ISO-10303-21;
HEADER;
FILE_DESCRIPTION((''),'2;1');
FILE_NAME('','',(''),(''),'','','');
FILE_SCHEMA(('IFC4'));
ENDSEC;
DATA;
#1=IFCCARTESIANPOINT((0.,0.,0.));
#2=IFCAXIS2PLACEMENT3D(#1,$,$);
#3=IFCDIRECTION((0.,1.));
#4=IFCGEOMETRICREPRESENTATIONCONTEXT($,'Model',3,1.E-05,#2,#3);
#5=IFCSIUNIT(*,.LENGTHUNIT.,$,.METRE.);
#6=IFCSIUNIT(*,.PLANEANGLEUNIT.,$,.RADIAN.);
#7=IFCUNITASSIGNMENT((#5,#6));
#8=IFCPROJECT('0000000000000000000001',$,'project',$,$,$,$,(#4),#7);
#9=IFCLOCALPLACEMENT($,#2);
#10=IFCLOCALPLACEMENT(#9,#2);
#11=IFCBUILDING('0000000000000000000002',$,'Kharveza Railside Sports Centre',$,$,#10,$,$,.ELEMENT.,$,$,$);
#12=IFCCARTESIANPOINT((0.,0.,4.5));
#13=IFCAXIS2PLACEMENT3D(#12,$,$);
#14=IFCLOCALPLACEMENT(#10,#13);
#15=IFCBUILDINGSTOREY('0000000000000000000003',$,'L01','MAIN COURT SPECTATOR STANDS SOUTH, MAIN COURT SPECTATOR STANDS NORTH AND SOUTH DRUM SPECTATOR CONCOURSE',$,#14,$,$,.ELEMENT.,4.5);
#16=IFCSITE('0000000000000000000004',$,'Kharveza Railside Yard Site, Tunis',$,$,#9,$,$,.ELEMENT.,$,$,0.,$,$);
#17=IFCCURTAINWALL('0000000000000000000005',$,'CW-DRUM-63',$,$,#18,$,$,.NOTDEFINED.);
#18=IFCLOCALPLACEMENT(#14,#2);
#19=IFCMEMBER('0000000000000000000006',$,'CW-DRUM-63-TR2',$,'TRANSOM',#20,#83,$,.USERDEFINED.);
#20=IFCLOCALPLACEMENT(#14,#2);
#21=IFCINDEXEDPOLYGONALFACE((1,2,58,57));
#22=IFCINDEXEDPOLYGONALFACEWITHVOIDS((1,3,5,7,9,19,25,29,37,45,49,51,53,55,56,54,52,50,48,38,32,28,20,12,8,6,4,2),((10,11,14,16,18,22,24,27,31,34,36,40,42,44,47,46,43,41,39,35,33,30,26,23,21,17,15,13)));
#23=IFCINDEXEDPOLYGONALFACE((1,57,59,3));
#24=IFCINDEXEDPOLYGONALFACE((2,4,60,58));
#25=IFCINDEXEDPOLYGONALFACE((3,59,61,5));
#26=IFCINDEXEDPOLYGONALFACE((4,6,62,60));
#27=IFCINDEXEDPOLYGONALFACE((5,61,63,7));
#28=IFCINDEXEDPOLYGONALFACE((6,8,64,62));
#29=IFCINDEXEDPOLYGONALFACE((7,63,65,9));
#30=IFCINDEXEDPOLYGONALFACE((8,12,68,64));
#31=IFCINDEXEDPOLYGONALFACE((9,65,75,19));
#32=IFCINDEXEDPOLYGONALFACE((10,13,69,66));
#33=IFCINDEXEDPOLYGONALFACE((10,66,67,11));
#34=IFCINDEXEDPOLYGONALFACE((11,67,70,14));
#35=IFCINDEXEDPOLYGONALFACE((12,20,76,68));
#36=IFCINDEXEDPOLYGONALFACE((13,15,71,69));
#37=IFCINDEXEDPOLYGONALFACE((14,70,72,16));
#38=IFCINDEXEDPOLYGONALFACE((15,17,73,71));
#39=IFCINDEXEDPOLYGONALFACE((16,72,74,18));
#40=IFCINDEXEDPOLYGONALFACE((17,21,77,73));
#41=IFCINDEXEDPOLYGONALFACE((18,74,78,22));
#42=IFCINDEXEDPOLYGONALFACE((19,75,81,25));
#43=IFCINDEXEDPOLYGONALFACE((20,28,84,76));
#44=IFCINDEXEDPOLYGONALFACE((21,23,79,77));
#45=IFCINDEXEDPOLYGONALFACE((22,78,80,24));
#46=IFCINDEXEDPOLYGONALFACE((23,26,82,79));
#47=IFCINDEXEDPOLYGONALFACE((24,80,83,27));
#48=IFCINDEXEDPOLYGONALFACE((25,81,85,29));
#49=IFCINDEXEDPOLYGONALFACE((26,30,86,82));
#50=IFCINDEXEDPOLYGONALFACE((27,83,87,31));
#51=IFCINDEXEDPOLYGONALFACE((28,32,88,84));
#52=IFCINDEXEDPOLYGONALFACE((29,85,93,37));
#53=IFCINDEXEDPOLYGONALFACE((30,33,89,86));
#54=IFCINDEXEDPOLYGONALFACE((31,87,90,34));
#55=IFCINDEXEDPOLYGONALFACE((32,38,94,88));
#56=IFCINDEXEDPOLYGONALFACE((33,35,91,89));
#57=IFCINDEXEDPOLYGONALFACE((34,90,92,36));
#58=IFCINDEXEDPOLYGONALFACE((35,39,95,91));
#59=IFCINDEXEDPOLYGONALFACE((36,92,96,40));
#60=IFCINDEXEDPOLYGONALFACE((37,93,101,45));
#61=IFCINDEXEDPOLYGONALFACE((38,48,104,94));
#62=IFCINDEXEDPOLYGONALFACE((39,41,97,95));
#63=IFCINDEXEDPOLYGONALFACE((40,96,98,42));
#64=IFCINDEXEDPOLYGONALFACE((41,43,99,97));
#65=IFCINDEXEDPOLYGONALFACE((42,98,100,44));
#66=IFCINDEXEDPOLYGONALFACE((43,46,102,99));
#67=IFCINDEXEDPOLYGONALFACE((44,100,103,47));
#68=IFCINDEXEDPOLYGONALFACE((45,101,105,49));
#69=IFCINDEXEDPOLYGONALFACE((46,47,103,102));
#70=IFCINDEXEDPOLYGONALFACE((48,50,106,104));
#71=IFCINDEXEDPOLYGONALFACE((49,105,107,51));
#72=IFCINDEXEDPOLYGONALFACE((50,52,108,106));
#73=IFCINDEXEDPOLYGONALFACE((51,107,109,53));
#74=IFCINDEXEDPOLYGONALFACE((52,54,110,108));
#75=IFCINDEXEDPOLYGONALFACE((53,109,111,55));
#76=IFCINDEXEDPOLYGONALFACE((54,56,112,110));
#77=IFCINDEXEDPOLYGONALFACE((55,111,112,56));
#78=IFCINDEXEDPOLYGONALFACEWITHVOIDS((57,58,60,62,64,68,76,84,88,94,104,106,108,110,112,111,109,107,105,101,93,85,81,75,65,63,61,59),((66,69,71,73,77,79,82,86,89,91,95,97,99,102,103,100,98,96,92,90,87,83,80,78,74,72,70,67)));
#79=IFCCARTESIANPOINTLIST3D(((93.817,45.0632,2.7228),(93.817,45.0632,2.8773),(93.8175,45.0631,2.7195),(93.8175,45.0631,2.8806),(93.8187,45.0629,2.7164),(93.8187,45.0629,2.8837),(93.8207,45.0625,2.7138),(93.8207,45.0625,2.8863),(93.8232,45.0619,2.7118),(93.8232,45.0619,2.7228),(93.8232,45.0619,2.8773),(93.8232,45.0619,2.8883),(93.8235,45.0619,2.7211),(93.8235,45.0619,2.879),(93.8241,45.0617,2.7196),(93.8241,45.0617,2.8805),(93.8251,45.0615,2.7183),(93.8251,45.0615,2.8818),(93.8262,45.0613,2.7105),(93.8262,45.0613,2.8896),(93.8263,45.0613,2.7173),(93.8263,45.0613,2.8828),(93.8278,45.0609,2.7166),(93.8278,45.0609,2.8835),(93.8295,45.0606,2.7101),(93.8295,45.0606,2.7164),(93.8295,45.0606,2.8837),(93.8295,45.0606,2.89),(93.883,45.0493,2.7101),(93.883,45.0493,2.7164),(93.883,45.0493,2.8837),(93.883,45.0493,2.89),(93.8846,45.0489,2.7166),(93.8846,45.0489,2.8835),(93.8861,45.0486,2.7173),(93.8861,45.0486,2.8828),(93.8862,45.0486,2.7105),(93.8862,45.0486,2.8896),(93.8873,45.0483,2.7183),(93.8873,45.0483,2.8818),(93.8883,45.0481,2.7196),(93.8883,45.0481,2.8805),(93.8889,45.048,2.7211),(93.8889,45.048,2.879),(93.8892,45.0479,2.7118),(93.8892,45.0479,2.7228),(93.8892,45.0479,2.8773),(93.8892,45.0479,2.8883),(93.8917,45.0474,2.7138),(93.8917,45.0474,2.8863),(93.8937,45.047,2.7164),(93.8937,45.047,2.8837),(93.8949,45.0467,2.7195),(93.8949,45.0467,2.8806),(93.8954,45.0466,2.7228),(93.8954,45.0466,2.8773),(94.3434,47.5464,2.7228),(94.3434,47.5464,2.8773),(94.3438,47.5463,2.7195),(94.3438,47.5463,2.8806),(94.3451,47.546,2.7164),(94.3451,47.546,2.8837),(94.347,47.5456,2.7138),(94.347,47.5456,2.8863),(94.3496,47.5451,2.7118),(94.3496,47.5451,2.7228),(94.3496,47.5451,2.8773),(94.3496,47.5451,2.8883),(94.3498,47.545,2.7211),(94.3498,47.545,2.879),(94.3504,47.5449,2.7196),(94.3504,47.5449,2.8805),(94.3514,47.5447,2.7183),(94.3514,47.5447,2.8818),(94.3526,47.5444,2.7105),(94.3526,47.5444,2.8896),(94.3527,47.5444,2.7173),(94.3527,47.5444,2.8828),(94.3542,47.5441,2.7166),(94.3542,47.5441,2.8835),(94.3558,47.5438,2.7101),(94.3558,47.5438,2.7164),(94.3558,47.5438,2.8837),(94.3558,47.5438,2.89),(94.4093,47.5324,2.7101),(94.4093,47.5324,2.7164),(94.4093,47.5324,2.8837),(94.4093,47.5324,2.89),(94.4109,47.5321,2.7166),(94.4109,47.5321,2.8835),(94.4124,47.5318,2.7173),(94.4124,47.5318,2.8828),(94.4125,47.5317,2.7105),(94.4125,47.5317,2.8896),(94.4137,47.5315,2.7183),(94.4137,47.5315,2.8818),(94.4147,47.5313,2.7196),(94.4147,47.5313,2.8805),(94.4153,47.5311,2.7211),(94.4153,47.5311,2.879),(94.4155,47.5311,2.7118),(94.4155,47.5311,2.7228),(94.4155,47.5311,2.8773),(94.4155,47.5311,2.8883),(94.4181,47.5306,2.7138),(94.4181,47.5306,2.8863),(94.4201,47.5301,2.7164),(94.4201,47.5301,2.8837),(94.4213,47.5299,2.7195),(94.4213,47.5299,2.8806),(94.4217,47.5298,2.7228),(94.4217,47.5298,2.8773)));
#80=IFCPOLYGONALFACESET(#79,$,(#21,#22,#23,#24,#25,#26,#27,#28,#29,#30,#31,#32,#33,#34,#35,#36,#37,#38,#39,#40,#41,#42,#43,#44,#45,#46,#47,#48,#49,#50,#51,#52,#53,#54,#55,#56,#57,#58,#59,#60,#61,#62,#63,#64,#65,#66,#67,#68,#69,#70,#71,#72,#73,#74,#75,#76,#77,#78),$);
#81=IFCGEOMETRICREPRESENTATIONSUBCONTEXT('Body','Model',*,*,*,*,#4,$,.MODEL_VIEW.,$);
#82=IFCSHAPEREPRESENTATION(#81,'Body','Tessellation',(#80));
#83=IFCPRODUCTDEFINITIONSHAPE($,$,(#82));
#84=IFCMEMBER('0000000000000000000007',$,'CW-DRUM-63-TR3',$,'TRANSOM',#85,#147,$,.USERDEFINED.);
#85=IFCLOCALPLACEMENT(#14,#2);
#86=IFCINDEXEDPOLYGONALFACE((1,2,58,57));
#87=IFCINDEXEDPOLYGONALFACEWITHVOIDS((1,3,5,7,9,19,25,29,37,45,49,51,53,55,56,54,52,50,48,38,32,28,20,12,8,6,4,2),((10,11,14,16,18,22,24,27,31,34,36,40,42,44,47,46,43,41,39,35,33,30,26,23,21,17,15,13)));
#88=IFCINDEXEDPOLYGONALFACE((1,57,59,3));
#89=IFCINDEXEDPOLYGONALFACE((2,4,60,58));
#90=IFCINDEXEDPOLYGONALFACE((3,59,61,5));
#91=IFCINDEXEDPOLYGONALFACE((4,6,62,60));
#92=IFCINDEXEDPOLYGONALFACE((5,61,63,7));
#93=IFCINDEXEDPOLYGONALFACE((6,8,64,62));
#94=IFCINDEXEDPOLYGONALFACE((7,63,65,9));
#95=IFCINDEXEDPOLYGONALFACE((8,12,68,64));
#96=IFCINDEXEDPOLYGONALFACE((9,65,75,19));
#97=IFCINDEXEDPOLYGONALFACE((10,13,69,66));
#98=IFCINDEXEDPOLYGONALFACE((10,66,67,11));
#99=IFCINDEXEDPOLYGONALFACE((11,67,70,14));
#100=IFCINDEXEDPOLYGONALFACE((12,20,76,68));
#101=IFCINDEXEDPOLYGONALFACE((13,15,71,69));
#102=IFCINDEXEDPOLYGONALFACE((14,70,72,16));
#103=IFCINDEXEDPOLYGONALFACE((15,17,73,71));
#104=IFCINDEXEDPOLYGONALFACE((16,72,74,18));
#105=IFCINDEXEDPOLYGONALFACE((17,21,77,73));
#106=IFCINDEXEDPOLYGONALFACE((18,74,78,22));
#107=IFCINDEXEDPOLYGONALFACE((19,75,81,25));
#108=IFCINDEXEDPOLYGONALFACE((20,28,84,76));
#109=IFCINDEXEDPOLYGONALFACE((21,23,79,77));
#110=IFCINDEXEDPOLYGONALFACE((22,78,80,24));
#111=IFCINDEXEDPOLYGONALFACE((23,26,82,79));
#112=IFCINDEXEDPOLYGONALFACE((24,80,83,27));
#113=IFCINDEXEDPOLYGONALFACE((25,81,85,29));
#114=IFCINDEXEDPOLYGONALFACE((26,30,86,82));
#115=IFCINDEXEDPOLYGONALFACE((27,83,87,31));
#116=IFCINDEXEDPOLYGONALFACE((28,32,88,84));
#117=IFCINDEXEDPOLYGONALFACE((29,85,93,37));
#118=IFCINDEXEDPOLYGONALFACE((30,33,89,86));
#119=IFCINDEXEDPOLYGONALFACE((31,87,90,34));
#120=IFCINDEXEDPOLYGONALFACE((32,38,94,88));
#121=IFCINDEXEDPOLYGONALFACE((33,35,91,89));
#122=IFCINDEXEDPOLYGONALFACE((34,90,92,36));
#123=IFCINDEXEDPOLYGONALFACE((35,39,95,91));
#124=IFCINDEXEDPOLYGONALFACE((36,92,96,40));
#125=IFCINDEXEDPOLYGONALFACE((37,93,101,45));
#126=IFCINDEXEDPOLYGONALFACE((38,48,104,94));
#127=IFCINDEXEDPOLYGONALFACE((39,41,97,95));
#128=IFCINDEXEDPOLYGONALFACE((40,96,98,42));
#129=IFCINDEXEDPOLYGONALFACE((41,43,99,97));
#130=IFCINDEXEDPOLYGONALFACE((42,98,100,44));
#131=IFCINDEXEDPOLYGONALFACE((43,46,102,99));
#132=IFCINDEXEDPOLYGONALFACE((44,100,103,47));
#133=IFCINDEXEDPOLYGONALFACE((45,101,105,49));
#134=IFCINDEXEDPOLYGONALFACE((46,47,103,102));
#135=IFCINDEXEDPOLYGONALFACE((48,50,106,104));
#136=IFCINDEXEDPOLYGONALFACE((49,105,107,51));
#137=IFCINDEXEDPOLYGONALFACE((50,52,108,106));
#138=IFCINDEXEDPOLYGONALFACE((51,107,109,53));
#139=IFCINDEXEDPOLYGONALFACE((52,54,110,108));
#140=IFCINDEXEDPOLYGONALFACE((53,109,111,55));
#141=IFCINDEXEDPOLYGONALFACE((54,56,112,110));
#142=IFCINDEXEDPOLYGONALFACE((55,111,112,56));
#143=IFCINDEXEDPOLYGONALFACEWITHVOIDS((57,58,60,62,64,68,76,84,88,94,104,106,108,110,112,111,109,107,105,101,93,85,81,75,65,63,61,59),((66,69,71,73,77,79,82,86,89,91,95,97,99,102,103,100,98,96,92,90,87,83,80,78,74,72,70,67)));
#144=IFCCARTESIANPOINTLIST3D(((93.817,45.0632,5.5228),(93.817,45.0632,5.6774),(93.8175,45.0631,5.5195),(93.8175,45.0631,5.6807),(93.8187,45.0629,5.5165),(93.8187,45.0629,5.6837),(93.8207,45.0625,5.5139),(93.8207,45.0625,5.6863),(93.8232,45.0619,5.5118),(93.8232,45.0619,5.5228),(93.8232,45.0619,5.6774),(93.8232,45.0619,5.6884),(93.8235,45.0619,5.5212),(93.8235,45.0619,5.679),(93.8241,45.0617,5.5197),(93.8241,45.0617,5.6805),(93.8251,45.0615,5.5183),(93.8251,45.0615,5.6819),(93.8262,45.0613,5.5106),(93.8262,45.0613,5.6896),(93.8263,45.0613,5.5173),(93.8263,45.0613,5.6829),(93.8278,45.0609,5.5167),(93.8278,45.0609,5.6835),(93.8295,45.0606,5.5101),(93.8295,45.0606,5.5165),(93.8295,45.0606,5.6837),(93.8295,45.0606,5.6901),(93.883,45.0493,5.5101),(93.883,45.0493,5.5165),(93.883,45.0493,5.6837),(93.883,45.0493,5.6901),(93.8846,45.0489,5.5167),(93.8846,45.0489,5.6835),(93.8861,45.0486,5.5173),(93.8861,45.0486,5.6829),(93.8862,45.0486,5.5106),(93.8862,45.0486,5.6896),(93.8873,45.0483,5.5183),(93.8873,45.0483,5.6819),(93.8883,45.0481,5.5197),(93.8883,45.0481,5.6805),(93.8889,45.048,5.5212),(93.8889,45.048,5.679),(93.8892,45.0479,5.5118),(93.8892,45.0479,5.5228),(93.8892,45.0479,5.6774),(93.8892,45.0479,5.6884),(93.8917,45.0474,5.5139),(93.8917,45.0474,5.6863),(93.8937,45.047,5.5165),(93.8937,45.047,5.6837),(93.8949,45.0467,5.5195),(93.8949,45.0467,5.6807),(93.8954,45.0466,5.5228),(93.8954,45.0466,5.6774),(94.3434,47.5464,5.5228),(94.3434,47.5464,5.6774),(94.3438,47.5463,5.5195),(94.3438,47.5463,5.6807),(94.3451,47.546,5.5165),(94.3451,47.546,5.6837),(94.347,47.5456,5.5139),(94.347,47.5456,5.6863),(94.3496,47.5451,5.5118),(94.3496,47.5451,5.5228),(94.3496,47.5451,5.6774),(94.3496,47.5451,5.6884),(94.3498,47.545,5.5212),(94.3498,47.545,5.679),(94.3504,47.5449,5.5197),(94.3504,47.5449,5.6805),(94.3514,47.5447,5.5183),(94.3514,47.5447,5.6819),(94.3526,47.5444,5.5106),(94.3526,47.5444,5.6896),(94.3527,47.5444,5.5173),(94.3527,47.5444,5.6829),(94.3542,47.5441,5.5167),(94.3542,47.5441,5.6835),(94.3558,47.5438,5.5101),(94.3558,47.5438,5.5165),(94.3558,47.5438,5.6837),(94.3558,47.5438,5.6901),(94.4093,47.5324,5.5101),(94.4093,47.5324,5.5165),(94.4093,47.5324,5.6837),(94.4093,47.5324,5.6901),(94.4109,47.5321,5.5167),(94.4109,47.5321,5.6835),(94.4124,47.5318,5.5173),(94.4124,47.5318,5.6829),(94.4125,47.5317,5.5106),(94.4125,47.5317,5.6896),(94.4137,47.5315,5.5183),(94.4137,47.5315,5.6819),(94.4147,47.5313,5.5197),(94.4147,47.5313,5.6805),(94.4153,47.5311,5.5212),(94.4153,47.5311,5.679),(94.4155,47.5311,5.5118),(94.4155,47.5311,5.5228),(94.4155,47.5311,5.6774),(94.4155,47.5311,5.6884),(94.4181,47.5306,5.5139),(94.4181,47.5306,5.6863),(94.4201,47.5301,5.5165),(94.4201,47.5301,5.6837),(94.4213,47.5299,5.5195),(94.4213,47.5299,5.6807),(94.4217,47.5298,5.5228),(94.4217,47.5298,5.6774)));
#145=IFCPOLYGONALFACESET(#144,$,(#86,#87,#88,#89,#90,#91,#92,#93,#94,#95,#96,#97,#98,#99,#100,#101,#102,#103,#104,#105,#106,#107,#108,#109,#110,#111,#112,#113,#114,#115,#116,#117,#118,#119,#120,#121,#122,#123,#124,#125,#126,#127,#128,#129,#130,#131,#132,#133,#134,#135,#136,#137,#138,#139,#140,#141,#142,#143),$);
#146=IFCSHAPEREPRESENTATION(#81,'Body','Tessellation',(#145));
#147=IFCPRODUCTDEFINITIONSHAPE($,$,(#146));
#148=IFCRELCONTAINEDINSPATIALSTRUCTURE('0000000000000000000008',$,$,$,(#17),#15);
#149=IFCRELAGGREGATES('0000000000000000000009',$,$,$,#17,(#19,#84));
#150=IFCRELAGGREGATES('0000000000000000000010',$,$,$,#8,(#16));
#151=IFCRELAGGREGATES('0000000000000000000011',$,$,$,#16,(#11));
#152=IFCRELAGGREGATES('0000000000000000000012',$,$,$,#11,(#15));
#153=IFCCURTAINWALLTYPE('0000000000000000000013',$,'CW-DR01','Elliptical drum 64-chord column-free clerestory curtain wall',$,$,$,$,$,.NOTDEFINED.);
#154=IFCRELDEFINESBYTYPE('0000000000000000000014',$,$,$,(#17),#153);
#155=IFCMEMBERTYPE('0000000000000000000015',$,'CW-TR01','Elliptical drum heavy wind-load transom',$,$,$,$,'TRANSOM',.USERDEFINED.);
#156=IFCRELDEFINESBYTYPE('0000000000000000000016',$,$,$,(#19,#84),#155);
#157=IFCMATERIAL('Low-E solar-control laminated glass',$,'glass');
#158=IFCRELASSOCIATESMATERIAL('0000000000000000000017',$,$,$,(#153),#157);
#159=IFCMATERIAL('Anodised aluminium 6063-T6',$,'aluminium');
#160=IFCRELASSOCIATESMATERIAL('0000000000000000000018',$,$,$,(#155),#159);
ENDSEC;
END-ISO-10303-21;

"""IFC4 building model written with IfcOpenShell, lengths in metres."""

from ifc_helpers import new_model, si_unit, direction, frame, origin, origin_2d, place, context, subcontext, project, spatial, hollow_rectangle, extrude, material, material_profile, profile_set, type_object, element, aggregate, save


model = new_model("IFC4")

# Units and contexts
model_context = context("Model", 3, precision=1e-05, world=origin(), true_north=direction((0.0, 1.0)))
body_context = subcontext(model_context, "Body", "Model", "MODEL_VIEW")
ifc_project = project(units=[si_unit("LENGTHUNIT", "METRE"), si_unit("PLANEANGLEUNIT", "RADIAN")], contexts=[model_context])

# Site, building, storey
site_placement = place(None, origin())
site = spatial("IfcSite", under=ifc_project, at=site_placement, Name="Kharveza Railside Yard Site, Tunis", CompositionType="ELEMENT", RefElevation=0.0)
building_placement = place(site_placement, origin())
building = spatial("IfcBuilding", under=site, at=building_placement, Name="Kharveza Railside Sports Centre", CompositionType="ELEMENT")
storey_placement = place(building_placement, frame((0.0, 0.0, 4.5)))
storey = spatial("IfcBuildingStorey", under=building, at=storey_placement, Name="L01", Description="MAIN COURT SPECTATOR STANDS SOUTH, MAIN COURT SPECTATOR STANDS NORTH AND SOUTH DRUM SPECTATOR CONCOURSE", CompositionType="ELEMENT", Elevation=4.5)

# Curtain wall, members
ifc_material_1 = material(Name="Low-E solar-control laminated glass", Category="glass")
curtain_wall_type = type_object("IfcCurtainWallType", Name="CW-DR01", Description="Elliptical drum 64-chord column-free clerestory curtain wall", PredefinedType="NOTDEFINED", material=ifc_material_1)
curtain_wall_placement = place(storey_placement, origin())
curtain_wall = element("IfcCurtainWall", 1, at=curtain_wall_placement, inside=storey, type_object=curtain_wall_type, Name="CW-DRUM-63", PredefinedType="NOTDEFINED")
ifc_material_2 = material(Name="Anodised aluminium 6063-T6", Category="aluminium")
ifc_material_profile_1 = material_profile(ifc_material_2, hollow_rectangle(XDim=0.0801, YDim=0.1799, WallThickness=0.0063, InnerFilletRadius=0.0063, OuterFilletRadius=0.0127, at=origin_2d()), Name="RHS 80x180x6.3")
ifc_profile_set_1 = profile_set([ifc_material_profile_1], Name="Anodised aluminium 6063-T6")
member_type_1 = type_object("IfcMemberType", Name="CW-TR01", Description="Elliptical drum heavy wind-load transom", ElementType="TRANSOM", PredefinedType="USERDEFINED", material=ifc_profile_set_1)
member_1_placement = place(storey_placement, frame((93.8562, 45.0549, 2.8), z_axis=(0.207368, 0.978263, 0.0), x_axis=(-0.978263, 0.207368, 0.0)))
member_1 = element("IfcMember", 2, at=member_1_placement, type_object=member_type_1, Name="CW-DRUM-63-TR2", ObjectType="TRANSOM", PredefinedType="USERDEFINED", context=body_context, shape_type="SweptSolid", body=[
    extrude(hollow_rectangle(XDim=0.0801, YDim=0.1799, WallThickness=0.0063, InnerFilletRadius=0.0063, OuterFilletRadius=0.0127, at=origin_2d()), origin(), (0.0, 0.0, 1.0), 2.5383),
])
member_2_placement = place(storey_placement, frame((93.8562, 45.0549, 5.6001), z_axis=(0.207368, 0.978263, 0.0), x_axis=(-0.978263, 0.207368, 0.0)))
member_2 = element("IfcMember", 3, at=member_2_placement, type_object=member_type_1, Name="CW-DRUM-63-TR3", ObjectType="TRANSOM", PredefinedType="USERDEFINED", context=body_context, shape_type="SweptSolid", body=[
    extrude(hollow_rectangle(XDim=0.0801, YDim=0.1799, WallThickness=0.0063, InnerFilletRadius=0.0063, OuterFilletRadius=0.0127, at=origin_2d()), origin(), (0.0, 0.0, 1.0), 2.5383),
])

aggregate(curtain_wall, [member_1, member_2])

save(model, "model.ifc")
